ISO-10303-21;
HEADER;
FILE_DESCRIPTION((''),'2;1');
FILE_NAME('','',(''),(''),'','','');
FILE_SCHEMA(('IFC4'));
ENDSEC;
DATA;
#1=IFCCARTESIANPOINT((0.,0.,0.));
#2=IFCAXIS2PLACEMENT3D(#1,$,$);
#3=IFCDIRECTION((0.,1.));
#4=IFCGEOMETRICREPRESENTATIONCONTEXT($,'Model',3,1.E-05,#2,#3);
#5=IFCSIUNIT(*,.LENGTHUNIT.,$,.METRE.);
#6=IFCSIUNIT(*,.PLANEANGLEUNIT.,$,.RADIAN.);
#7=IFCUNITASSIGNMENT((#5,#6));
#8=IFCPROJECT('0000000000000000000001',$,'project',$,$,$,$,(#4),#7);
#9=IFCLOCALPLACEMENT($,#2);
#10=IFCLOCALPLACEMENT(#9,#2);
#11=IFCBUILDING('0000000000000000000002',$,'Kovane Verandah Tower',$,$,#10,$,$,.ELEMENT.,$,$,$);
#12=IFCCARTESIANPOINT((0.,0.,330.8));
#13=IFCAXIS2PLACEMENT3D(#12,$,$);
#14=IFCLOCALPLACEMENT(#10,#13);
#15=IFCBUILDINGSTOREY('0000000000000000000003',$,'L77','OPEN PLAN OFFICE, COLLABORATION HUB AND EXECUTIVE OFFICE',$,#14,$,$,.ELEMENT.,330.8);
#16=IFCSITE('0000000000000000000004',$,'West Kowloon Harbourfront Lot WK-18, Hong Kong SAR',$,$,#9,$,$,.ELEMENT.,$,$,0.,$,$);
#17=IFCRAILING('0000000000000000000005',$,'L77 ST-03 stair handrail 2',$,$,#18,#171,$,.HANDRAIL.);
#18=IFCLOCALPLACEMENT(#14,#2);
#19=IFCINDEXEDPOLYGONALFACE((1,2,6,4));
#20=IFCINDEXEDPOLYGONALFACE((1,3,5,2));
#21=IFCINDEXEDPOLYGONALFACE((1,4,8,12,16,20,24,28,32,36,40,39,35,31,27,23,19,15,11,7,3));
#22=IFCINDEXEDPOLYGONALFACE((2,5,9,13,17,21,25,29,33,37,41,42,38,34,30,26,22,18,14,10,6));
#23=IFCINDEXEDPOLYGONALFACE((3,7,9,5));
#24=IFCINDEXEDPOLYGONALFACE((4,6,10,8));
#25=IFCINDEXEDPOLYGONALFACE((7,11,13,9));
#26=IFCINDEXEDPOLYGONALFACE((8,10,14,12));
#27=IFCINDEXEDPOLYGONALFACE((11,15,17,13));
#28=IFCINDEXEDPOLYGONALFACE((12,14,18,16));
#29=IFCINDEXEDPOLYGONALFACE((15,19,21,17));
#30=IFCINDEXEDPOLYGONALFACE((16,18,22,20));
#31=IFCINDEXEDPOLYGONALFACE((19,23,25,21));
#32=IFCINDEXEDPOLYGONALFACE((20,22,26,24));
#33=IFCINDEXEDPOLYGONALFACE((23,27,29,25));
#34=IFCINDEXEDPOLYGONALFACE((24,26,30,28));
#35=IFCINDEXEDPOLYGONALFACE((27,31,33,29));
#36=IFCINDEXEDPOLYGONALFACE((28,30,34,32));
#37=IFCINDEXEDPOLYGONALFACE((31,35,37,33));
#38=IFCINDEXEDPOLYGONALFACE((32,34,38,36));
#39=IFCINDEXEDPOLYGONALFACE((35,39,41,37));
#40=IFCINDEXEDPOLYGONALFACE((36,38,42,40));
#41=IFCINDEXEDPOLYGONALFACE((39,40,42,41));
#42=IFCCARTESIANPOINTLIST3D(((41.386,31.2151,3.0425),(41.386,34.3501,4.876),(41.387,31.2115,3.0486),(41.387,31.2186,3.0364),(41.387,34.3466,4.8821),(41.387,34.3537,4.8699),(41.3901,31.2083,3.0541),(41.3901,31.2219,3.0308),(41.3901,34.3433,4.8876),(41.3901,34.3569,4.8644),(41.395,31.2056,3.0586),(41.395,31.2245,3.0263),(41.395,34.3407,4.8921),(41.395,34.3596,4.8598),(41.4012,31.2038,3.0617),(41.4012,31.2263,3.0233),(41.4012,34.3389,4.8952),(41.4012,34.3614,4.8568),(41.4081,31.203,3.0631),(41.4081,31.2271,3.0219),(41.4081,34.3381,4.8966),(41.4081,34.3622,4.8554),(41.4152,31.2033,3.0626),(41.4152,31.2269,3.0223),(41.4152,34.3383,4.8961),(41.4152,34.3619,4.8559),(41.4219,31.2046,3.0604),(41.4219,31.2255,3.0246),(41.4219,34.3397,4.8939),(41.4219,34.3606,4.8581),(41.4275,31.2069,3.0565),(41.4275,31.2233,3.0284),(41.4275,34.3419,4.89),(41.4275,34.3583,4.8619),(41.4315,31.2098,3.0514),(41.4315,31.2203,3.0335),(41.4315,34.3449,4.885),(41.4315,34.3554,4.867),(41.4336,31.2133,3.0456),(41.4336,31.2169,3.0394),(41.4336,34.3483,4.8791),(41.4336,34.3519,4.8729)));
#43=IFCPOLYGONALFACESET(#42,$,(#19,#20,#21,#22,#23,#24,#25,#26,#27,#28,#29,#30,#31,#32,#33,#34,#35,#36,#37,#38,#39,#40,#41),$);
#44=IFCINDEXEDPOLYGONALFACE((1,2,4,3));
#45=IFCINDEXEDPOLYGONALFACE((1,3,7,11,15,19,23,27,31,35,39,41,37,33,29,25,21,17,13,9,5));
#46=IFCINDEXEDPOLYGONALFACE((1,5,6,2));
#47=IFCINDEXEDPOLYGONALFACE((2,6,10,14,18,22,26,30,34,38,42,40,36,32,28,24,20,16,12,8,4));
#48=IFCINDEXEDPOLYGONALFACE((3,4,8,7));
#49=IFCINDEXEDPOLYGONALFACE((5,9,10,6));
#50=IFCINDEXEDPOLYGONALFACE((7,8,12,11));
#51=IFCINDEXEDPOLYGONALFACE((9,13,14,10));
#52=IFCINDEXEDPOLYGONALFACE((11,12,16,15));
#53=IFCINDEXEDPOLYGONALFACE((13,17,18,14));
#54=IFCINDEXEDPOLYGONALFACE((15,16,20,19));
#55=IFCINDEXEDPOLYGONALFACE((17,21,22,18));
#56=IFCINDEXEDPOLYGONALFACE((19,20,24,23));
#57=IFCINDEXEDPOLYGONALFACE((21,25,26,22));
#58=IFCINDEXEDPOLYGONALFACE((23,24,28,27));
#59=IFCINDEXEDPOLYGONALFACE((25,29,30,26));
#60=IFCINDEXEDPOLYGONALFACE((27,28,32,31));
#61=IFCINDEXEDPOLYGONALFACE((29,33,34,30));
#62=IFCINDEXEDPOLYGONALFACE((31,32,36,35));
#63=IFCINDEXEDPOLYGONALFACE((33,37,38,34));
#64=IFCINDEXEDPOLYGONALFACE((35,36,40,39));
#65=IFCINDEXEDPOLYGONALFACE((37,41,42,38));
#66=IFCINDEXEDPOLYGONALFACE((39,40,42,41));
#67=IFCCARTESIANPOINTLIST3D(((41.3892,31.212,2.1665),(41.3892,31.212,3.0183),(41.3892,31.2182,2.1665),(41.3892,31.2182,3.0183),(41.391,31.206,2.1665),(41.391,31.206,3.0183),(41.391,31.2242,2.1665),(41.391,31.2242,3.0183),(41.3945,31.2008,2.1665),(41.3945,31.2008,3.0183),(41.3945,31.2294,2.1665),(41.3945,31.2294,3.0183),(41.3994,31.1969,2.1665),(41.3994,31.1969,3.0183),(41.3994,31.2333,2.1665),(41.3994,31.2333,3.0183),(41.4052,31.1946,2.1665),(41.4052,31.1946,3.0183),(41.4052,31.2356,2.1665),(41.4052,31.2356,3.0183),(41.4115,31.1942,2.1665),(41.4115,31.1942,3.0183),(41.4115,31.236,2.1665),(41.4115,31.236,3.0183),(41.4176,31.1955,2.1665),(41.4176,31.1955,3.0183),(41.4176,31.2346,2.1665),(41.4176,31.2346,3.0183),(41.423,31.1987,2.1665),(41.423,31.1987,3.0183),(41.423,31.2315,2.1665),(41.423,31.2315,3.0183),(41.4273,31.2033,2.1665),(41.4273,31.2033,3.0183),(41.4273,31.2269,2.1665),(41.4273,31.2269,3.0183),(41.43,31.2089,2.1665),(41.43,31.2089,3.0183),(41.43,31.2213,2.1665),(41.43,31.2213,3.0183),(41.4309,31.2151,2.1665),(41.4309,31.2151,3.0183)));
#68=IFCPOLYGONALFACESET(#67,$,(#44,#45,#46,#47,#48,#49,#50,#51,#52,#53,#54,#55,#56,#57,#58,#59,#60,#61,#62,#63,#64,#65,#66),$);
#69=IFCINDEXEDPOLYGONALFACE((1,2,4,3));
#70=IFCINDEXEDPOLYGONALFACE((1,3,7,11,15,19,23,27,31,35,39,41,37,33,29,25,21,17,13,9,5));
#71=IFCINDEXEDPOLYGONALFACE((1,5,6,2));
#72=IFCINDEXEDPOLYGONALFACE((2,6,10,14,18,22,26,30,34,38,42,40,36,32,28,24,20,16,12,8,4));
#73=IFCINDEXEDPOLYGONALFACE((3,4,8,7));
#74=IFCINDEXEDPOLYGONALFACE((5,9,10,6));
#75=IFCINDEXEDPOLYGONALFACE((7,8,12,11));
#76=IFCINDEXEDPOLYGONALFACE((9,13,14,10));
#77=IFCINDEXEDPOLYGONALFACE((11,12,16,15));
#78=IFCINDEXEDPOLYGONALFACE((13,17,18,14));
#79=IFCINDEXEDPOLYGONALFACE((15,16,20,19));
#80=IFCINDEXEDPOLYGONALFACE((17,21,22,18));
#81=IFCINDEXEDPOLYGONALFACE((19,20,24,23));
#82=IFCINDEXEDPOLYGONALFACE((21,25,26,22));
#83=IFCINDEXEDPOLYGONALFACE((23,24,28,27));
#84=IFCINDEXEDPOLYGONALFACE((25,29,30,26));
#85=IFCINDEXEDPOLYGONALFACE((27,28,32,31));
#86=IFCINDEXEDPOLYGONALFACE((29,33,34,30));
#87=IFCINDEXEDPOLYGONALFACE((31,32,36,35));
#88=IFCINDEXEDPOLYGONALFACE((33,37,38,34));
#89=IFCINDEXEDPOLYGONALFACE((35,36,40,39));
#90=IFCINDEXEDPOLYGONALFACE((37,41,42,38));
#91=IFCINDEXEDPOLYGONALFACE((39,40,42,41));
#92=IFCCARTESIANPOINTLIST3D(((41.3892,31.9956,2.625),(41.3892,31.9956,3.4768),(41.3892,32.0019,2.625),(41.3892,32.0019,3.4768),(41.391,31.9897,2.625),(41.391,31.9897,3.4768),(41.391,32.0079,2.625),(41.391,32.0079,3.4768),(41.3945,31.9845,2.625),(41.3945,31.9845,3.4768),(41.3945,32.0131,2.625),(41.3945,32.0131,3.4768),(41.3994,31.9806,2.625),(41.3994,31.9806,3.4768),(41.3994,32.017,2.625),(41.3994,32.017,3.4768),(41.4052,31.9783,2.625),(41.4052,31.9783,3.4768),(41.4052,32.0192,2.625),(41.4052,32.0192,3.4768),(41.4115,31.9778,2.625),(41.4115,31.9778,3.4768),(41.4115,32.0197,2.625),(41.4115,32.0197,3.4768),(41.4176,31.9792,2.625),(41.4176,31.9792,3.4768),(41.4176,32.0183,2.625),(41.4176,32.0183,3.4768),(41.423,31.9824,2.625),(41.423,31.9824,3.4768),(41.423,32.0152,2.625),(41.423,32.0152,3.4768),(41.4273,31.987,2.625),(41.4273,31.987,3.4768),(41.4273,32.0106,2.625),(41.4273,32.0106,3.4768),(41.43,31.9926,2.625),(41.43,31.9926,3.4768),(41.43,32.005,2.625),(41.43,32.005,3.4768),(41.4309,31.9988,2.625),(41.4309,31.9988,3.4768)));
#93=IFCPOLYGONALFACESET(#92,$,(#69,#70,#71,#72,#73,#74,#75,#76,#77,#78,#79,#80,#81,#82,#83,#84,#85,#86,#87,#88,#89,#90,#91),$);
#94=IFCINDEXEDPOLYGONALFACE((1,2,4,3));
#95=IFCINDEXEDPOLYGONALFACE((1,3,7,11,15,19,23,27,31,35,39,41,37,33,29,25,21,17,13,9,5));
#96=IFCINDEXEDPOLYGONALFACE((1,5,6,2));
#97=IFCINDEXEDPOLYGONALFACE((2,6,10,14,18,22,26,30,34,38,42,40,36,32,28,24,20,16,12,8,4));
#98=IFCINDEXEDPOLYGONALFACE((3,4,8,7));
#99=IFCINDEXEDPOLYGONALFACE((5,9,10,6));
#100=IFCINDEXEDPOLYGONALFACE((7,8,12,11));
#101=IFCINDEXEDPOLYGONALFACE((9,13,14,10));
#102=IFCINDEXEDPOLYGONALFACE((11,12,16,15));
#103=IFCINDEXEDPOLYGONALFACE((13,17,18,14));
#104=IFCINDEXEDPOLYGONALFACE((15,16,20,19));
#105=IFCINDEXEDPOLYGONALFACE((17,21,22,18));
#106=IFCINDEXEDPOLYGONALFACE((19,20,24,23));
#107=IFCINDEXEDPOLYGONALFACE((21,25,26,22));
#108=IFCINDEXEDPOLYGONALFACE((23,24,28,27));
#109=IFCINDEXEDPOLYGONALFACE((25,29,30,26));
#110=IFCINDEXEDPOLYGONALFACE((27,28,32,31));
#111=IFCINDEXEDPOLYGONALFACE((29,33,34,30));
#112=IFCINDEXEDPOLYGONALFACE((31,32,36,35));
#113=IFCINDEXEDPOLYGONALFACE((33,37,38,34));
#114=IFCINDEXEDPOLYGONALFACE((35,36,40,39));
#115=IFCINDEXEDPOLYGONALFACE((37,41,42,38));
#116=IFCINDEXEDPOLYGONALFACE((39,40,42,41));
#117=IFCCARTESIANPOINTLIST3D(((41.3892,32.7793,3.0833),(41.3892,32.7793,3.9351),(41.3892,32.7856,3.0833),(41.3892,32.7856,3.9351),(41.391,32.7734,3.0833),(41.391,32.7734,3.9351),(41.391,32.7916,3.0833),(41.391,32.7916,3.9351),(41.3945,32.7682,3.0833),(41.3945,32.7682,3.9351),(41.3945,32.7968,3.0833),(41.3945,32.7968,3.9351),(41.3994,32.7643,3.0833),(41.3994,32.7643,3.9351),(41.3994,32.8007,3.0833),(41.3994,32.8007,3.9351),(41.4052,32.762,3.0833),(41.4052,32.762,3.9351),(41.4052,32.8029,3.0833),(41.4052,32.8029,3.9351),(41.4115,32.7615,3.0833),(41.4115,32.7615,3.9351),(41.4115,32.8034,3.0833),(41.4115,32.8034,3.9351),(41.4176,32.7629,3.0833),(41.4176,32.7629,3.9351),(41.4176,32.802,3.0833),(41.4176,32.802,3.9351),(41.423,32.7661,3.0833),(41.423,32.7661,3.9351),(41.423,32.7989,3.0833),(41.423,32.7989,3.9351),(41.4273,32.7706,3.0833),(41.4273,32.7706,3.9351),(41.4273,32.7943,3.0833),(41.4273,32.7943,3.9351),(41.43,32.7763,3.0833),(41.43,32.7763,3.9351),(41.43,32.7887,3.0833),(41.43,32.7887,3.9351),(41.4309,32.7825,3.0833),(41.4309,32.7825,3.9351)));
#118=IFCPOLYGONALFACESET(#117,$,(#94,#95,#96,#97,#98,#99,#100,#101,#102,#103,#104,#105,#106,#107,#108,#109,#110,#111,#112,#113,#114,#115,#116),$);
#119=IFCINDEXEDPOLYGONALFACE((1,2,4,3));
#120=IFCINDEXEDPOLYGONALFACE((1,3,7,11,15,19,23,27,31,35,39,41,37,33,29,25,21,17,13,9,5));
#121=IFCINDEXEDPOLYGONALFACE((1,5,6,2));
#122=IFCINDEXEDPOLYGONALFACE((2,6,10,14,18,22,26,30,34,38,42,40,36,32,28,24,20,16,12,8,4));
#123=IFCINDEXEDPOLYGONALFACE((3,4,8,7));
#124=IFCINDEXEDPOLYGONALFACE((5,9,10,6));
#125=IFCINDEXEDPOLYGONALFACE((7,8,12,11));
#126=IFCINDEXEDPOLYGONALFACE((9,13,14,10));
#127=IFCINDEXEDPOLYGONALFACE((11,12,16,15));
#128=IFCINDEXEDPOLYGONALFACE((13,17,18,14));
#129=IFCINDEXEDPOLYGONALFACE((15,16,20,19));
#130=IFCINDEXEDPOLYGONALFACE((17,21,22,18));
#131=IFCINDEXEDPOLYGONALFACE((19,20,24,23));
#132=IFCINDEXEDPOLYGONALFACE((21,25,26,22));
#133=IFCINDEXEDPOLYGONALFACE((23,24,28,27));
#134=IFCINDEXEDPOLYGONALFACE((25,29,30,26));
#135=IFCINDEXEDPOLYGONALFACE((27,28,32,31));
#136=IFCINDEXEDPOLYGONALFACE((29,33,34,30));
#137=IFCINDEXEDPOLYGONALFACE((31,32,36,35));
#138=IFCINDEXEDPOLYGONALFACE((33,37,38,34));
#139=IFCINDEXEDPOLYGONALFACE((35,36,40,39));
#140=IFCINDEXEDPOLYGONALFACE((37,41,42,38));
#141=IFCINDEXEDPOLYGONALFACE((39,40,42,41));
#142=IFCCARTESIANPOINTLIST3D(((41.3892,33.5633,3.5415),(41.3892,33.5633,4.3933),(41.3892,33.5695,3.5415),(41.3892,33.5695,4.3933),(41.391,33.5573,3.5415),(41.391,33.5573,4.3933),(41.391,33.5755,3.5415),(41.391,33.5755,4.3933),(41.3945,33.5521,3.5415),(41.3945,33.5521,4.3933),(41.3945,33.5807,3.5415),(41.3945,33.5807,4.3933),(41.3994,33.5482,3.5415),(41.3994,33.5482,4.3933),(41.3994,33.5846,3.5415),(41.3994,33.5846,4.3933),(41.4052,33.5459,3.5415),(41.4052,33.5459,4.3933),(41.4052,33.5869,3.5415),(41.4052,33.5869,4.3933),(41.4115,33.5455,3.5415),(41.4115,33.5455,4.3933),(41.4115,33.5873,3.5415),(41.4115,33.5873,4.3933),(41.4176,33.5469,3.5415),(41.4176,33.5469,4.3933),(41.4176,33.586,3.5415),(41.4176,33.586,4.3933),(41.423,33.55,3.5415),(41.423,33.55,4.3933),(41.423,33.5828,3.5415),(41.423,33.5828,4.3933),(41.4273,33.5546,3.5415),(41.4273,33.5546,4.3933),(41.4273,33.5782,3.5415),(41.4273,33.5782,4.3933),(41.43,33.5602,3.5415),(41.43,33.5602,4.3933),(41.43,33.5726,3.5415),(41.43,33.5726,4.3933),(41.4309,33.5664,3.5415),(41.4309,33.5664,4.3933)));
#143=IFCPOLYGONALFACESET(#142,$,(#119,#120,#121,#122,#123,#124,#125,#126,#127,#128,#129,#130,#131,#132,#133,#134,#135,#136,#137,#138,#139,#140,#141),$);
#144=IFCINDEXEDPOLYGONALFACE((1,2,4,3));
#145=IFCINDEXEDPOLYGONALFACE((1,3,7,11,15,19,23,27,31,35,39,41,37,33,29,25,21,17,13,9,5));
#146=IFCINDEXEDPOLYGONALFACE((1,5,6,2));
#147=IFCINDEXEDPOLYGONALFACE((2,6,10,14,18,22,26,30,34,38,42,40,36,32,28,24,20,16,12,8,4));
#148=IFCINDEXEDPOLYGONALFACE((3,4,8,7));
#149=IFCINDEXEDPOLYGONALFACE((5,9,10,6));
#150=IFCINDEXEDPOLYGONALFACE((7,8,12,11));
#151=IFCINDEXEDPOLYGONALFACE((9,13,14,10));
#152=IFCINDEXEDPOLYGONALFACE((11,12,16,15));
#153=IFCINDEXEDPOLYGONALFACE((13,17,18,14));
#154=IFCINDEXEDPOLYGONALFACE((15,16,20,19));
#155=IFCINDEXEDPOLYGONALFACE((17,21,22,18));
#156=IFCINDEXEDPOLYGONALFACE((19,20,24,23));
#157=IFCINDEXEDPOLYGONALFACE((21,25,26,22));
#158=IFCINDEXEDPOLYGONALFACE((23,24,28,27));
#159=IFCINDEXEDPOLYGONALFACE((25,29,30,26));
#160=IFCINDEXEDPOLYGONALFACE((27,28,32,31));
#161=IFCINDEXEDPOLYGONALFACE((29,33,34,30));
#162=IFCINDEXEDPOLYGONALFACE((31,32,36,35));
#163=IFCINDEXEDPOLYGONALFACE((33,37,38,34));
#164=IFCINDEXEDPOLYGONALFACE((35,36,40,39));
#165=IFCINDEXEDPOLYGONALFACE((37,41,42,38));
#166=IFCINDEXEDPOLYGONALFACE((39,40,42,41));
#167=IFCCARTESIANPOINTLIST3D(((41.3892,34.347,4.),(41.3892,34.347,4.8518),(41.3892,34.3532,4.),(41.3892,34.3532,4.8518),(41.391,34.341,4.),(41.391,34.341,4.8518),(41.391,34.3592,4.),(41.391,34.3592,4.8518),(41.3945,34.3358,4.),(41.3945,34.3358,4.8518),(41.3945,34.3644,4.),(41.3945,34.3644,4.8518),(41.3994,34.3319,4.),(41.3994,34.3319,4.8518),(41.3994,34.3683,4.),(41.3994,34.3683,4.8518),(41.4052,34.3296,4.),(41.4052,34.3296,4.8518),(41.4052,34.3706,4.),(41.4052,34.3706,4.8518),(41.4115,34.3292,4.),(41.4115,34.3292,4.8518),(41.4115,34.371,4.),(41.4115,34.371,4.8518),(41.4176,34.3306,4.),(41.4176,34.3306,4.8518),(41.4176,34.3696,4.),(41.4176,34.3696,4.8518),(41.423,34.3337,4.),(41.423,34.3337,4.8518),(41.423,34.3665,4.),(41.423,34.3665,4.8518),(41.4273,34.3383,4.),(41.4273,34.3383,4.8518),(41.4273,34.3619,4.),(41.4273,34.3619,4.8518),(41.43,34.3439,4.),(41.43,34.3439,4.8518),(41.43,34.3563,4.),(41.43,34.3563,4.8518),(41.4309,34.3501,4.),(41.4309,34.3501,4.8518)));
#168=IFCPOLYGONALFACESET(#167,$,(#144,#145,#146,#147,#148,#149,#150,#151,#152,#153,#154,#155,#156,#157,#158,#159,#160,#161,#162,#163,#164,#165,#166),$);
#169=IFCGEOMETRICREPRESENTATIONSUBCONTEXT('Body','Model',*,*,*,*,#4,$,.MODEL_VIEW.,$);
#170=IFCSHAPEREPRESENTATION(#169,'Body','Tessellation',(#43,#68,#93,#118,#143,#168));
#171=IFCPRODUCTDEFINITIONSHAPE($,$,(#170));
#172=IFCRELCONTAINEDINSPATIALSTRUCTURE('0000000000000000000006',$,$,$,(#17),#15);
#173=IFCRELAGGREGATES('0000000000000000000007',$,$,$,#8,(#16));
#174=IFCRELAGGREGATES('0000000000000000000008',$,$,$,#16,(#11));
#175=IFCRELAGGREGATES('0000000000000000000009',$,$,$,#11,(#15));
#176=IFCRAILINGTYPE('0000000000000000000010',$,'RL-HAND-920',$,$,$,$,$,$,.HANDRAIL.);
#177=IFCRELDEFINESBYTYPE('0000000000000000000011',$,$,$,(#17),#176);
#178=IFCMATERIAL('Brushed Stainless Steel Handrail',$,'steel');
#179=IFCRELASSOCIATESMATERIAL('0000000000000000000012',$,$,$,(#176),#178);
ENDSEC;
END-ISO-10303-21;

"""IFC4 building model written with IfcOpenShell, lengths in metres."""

from ifc_helpers import new_model, si_unit, direction, frame, origin, origin_2d, place, context, subcontext, project, spatial, circle, extrude, material, type_object, element, save


model = new_model("IFC4")

# Units and contexts
model_context = context("Model", 3, precision=1e-05, world=origin(), true_north=direction((0.0, 1.0)))
body_context = subcontext(model_context, "Body", "Model", "MODEL_VIEW")
ifc_project = project(units=[si_unit("LENGTHUNIT", "METRE"), si_unit("PLANEANGLEUNIT", "RADIAN")], contexts=[model_context])

# Site, building, storey
site_placement = place(None, origin())
site = spatial("IfcSite", under=ifc_project, at=site_placement, Name="West Kowloon Harbourfront Lot WK-18, Hong Kong SAR", CompositionType="ELEMENT", RefElevation=0.0)
building_placement = place(site_placement, origin())
building = spatial("IfcBuilding", under=site, at=building_placement, Name="Kovane Verandah Tower", CompositionType="ELEMENT")
storey_placement = place(building_placement, frame((0.0, 0.0, 330.8)))
storey = spatial("IfcBuildingStorey", under=building, at=storey_placement, Name="L77", Description="OPEN PLAN OFFICE, COLLABORATION HUB AND EXECUTIVE OFFICE", CompositionType="ELEMENT", Elevation=330.8)

# Railing
ifc_material_1 = material(Name="Brushed Stainless Steel Handrail", Category="steel")
railing_type_1 = type_object("IfcRailingType", Name="RL-HAND-920", PredefinedType="HANDRAIL", material=ifc_material_1)
for number, where, name in (
    (1, (41.4099, 31.2151, 2.1665), "L77 ST-03 stair handrail 2"),
):
    element("IfcRailing", number, at=place(storey_placement, frame(where)), inside=storey, type_object=railing_type_1, Name=name, PredefinedType="HANDRAIL", context=body_context, shape_type="SweptSolid", body=[
        extrude(circle(Radius=0.0239, at=origin_2d()), frame((0.0, 0.0, 0.876), z_axis=(0.0, 0.86321, 0.504845), x_axis=(-1.0, 0.0, 0.0)), (0.0, 0.0, 1.0), 3.6318),
        extrude(circle(Radius=0.021, at=origin_2d()), origin(), (0.0, 0.0, 1.0), 0.8518),
        extrude(circle(Radius=0.021, at=origin_2d()), frame((0.0, 0.7837, 0.4585)), (0.0, 0.0, 1.0), 0.8518),
        extrude(circle(Radius=0.021, at=origin_2d()), frame((0.0, 1.5674, 0.9167)), (0.0, 0.0, 1.0), 0.8518),
        extrude(circle(Radius=0.021, at=origin_2d()), frame((0.0, 2.3513, 1.375)), (0.0, 0.0, 1.0), 0.8518),
        extrude(circle(Radius=0.021, at=origin_2d()), frame((0.0, 3.135, 1.8335)), (0.0, 0.0, 1.0), 0.8518),
    ])

save(model, "model.ifc")
